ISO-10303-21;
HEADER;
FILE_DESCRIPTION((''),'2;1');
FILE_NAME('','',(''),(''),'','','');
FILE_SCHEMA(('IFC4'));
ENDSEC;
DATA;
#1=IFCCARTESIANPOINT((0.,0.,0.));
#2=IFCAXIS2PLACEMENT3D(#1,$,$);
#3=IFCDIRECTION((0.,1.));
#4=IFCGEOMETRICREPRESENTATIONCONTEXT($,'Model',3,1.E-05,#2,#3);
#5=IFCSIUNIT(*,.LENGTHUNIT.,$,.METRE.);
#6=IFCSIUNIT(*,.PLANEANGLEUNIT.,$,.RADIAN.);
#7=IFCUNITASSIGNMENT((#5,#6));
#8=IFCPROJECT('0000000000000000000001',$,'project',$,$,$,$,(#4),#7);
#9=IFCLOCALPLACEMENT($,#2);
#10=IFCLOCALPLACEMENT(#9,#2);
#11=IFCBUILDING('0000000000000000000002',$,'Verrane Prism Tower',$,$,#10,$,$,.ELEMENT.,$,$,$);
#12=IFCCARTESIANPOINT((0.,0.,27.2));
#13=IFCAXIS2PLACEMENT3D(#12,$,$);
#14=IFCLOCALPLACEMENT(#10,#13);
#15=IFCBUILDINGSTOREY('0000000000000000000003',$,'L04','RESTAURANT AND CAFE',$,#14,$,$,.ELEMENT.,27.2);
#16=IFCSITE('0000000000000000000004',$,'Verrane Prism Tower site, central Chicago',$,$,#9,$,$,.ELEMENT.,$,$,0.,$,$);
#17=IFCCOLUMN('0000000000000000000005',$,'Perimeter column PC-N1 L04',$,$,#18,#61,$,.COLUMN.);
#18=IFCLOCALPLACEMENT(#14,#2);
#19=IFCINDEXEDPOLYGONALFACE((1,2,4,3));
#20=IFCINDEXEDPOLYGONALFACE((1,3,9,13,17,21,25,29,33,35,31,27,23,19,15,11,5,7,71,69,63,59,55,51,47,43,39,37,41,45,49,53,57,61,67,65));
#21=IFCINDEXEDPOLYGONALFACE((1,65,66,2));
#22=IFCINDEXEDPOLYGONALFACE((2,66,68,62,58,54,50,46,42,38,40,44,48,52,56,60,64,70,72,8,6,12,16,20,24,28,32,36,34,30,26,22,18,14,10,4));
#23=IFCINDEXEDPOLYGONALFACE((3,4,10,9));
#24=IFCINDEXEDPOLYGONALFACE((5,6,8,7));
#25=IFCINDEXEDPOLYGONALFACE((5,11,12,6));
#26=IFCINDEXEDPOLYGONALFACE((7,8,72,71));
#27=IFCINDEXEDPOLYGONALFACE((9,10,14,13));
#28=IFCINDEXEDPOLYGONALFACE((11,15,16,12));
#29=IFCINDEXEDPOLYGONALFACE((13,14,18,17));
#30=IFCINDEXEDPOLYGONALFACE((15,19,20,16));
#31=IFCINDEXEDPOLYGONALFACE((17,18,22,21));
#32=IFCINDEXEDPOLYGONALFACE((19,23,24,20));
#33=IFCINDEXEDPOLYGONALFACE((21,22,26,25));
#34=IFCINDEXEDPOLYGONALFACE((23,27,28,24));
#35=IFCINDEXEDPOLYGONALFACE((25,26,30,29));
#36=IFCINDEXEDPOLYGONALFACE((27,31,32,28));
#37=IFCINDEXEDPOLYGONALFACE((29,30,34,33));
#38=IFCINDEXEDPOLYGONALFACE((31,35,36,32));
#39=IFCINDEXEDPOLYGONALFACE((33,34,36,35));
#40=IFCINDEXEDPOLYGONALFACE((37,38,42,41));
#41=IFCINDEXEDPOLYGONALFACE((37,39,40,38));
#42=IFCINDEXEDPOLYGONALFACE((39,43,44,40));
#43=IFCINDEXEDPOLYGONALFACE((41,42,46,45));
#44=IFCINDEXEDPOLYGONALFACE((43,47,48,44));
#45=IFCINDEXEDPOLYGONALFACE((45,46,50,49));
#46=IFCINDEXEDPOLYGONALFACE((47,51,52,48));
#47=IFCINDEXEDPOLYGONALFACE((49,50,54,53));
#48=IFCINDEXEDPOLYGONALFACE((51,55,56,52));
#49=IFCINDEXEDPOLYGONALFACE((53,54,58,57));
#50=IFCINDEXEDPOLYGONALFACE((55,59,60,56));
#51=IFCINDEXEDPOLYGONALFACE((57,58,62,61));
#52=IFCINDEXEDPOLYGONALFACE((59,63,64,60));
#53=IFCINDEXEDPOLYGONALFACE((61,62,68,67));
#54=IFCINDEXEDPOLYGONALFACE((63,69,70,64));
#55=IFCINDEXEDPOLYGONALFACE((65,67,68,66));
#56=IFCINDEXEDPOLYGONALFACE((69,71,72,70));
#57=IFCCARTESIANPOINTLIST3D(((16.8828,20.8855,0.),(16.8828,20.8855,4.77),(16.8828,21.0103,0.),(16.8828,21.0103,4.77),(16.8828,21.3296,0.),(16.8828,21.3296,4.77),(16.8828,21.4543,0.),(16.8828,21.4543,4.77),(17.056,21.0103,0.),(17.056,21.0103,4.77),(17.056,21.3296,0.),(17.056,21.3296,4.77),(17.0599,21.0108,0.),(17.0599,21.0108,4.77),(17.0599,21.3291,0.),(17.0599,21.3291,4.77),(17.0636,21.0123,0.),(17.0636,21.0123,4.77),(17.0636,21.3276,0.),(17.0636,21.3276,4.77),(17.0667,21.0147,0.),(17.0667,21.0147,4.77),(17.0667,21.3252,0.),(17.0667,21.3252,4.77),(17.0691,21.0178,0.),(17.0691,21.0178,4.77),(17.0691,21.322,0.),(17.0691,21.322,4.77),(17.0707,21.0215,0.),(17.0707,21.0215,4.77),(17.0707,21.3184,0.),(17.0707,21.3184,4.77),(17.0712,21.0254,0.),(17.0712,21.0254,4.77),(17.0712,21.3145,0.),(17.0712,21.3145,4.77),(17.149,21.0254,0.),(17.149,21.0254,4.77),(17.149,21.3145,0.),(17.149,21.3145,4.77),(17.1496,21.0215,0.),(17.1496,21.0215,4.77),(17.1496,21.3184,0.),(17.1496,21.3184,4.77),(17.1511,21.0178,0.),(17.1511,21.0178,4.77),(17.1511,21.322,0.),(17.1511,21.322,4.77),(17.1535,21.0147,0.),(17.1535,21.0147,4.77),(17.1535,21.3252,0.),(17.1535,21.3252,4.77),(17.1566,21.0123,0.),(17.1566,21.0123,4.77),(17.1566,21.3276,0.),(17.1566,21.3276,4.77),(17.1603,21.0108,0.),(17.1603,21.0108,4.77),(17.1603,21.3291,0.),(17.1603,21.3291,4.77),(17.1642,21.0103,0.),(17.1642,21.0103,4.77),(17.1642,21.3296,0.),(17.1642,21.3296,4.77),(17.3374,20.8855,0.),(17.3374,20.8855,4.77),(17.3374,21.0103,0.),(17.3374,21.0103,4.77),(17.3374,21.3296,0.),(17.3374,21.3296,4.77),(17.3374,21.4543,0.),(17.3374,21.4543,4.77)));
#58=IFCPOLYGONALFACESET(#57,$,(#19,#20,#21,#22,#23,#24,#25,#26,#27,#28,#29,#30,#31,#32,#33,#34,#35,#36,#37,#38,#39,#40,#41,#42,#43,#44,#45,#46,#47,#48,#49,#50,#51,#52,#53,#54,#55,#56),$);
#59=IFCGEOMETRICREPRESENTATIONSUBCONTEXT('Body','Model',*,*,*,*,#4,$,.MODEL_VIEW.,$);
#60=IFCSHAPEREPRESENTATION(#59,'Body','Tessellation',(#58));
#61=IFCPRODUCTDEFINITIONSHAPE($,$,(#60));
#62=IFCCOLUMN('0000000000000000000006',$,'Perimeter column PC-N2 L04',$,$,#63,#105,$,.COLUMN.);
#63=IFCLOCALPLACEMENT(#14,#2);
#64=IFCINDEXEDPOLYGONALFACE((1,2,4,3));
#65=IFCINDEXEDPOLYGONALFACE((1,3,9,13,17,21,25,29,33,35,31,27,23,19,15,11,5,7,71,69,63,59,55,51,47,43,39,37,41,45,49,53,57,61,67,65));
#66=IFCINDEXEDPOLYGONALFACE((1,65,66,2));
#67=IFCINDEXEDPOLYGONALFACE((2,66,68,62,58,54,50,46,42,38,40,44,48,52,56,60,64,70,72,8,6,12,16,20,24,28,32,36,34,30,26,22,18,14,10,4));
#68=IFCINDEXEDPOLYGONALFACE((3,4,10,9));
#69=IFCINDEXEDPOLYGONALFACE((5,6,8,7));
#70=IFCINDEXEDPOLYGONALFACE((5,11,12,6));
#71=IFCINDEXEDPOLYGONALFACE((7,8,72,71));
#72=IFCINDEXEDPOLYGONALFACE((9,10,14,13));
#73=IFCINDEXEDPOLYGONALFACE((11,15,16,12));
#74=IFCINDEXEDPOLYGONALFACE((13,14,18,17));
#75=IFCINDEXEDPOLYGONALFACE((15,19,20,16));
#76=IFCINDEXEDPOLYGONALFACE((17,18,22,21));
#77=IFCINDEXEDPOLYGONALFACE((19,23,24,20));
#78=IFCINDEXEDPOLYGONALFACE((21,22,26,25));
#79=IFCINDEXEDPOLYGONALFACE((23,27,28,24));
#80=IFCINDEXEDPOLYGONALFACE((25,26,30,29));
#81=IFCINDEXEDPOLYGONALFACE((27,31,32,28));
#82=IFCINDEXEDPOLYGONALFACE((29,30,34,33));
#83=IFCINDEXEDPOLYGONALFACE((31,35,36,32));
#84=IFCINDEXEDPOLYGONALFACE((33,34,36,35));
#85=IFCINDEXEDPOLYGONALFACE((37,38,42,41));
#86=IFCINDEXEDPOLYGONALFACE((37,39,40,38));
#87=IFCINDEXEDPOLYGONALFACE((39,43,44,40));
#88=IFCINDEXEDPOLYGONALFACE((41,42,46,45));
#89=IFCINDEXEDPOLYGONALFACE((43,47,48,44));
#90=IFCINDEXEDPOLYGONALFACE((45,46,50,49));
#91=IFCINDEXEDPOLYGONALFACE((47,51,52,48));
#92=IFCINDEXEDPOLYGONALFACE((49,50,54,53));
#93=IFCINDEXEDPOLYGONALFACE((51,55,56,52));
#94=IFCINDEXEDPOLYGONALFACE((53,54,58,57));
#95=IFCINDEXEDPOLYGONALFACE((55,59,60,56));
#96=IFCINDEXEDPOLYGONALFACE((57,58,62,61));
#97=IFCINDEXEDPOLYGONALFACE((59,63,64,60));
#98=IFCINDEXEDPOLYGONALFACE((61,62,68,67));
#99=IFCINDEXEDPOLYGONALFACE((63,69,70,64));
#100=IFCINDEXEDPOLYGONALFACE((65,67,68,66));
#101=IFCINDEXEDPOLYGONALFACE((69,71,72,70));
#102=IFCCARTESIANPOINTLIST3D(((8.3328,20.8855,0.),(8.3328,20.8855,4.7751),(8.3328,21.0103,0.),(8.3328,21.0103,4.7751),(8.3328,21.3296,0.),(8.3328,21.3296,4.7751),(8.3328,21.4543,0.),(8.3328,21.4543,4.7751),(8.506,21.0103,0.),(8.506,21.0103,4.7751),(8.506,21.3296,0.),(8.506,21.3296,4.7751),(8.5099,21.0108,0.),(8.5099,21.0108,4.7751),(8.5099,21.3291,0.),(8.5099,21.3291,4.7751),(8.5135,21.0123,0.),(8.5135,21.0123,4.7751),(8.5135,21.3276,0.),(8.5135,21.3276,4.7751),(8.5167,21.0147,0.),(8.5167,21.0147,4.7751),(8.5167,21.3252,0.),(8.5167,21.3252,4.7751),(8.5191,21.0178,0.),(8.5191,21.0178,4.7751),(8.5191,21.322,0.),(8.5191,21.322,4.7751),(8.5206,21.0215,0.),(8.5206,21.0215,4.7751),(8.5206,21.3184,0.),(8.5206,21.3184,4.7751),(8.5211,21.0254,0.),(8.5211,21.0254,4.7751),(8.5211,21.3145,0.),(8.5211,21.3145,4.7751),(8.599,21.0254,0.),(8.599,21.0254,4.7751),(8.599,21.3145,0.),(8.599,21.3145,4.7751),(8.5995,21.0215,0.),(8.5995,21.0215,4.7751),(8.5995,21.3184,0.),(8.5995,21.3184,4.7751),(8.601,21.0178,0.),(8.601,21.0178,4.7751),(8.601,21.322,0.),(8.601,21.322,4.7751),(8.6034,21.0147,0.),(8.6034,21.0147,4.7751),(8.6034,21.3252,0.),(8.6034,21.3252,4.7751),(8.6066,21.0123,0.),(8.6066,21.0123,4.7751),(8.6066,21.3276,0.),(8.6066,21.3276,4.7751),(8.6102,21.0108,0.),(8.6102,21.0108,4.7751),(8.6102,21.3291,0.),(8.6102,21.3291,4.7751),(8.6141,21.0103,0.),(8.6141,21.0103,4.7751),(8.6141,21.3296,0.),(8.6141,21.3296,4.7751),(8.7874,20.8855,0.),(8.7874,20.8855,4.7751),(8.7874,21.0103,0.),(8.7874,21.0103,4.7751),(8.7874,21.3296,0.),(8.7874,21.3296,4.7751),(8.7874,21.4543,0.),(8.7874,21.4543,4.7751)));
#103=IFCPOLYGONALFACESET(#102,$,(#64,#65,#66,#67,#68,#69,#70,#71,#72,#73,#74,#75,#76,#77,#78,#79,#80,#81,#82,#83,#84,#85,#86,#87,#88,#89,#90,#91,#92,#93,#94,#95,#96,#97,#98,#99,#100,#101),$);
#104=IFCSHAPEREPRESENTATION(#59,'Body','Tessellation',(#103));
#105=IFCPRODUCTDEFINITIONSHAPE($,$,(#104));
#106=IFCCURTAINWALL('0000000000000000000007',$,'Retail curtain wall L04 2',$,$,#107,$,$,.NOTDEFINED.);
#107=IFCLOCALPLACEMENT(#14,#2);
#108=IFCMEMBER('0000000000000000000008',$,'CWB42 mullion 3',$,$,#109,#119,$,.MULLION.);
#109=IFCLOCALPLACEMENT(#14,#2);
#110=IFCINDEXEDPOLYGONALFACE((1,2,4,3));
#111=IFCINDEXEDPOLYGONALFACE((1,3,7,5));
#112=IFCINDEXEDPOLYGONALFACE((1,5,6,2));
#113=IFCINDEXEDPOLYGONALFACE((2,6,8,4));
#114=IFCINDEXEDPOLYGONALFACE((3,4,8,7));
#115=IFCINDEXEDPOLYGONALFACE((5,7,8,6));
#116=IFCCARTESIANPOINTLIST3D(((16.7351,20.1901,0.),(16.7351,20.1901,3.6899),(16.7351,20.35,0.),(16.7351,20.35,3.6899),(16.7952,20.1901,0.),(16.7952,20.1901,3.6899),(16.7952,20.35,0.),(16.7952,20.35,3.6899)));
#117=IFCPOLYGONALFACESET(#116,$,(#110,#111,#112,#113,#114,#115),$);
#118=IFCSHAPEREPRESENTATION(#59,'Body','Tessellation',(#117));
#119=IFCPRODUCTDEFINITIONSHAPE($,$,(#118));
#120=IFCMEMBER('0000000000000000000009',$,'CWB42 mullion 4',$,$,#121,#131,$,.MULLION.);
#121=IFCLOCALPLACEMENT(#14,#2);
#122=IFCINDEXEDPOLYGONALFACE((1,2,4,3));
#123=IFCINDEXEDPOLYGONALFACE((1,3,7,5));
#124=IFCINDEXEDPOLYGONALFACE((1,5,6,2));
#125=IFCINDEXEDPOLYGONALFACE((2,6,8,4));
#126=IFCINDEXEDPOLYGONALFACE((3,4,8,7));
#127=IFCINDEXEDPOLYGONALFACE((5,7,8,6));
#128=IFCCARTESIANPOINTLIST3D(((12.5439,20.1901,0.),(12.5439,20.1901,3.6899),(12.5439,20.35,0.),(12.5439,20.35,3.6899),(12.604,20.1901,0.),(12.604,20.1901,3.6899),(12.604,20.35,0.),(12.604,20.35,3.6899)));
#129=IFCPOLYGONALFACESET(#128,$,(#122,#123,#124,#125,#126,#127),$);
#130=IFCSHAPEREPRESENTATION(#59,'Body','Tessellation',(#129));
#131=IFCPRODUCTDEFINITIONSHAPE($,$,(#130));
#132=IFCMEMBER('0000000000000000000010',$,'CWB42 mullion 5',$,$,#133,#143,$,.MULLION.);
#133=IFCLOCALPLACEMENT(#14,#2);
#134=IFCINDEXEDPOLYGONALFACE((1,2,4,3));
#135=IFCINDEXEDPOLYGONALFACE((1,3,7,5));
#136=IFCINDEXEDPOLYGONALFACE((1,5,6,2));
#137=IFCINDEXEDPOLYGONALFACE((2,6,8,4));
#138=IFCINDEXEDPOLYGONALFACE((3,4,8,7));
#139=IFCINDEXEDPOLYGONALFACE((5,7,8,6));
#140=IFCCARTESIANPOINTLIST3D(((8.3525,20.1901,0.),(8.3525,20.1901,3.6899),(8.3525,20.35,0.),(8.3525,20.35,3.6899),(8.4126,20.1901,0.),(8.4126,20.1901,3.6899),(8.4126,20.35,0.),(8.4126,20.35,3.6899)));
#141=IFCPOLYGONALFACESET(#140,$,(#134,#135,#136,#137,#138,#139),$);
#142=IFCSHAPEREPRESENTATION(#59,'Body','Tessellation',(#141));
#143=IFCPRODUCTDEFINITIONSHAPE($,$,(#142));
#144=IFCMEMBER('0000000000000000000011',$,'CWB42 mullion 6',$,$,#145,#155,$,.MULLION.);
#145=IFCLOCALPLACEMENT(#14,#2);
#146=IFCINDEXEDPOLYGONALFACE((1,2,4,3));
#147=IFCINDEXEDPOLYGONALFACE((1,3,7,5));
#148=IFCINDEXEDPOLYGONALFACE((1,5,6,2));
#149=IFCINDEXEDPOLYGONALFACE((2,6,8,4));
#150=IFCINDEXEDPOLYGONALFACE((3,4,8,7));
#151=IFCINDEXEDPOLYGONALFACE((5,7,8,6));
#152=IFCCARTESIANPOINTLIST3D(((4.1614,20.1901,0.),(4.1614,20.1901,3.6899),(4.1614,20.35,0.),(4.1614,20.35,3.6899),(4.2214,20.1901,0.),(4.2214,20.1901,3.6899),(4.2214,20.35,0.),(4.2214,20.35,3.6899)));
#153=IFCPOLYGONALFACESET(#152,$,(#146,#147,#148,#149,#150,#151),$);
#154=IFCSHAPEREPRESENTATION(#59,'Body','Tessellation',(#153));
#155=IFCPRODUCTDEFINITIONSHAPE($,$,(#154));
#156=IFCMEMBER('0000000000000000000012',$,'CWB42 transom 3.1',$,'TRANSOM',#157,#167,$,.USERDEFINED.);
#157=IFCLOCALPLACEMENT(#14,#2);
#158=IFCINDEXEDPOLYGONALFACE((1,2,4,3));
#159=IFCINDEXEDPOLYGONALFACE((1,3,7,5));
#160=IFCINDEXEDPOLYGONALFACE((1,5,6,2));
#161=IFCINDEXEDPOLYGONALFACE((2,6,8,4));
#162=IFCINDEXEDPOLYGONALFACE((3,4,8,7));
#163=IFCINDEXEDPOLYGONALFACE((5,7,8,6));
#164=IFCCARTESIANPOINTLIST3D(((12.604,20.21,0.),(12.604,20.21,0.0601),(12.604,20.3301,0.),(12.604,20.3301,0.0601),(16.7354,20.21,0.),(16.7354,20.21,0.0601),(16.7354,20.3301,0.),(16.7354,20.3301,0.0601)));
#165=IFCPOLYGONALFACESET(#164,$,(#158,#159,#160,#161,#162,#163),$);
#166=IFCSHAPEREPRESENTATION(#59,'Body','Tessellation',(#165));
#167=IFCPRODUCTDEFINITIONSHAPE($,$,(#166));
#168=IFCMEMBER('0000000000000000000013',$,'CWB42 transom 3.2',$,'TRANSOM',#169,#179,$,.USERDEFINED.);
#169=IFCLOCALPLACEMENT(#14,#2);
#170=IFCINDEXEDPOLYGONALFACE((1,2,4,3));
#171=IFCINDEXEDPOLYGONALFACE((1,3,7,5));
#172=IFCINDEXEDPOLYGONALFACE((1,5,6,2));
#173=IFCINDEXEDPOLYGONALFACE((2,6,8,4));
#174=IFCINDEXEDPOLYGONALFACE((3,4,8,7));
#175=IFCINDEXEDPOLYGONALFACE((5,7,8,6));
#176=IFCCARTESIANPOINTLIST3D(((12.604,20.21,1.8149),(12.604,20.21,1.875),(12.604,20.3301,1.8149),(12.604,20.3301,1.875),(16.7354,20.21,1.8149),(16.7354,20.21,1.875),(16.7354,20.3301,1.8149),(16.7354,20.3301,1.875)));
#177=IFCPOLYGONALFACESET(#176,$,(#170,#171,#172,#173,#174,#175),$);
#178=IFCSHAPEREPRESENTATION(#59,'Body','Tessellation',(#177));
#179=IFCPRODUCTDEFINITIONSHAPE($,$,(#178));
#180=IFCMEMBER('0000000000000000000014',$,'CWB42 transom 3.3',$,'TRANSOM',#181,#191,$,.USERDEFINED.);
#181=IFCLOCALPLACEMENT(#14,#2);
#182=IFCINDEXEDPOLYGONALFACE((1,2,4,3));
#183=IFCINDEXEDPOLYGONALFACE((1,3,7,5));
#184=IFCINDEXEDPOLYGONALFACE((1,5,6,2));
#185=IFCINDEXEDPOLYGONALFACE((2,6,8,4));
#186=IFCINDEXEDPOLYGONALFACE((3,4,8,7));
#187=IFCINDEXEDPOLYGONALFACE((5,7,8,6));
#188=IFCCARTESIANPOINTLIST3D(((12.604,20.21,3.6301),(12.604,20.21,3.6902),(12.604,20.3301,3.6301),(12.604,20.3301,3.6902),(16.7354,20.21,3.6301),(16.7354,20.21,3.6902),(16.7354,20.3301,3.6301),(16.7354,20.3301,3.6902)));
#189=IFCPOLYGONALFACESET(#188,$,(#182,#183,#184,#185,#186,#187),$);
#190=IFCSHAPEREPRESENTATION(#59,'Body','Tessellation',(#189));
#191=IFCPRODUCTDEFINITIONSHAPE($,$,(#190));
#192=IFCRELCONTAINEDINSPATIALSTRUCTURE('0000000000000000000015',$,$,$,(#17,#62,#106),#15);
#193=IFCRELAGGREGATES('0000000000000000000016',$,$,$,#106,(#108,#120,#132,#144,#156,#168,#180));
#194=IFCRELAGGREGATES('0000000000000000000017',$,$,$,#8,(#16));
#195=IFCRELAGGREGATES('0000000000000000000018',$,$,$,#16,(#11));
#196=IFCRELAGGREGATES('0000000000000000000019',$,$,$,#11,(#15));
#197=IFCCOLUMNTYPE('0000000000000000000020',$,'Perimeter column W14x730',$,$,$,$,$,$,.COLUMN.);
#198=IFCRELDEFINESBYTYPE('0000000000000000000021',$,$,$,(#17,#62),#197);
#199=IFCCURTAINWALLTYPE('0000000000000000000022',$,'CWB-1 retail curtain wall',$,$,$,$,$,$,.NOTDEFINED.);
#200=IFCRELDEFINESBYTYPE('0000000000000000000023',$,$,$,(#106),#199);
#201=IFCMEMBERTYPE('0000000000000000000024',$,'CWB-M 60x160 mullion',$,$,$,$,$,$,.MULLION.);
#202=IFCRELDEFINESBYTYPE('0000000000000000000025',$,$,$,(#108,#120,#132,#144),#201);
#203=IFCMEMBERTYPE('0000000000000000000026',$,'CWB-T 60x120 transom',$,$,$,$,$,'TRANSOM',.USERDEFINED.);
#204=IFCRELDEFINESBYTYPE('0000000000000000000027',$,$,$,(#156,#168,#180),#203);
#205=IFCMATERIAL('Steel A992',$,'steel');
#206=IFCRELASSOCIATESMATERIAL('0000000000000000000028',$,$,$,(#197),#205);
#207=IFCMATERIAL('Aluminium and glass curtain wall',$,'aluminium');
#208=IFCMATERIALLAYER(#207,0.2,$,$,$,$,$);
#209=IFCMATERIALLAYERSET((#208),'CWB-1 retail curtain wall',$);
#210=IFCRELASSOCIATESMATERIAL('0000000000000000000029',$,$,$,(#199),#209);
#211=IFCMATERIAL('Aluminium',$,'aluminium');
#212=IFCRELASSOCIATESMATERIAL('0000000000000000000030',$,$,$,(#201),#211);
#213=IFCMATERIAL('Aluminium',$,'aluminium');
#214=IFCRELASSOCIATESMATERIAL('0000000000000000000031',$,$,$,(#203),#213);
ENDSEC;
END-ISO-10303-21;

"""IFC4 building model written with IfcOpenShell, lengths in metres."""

from ifc_helpers import new_model, si_unit, direction, frame, origin, origin_2d, place, context, subcontext, project, spatial, rectangle, i_section, extrude, material, layer, layer_set, material_profile, profile_set, type_object, element, aggregate, save


model = new_model("IFC4")

# Units and contexts
model_context = context("Model", 3, precision=1e-05, world=origin(), true_north=direction((0.0, 1.0)))
body_context = subcontext(model_context, "Body", "Model", "MODEL_VIEW")
ifc_project = project(units=[si_unit("LENGTHUNIT", "METRE"), si_unit("PLANEANGLEUNIT", "RADIAN")], contexts=[model_context])

# Site, building, storey
site_placement = place(None, origin())
site = spatial("IfcSite", under=ifc_project, at=site_placement, Name="Verrane Prism Tower site, central Chicago", CompositionType="ELEMENT", RefElevation=0.0)
building_placement = place(site_placement, origin())
building = spatial("IfcBuilding", under=site, at=building_placement, Name="Verrane Prism Tower", CompositionType="ELEMENT")
storey_placement = place(building_placement, frame((0.0, 0.0, 27.2)))
storey = spatial("IfcBuildingStorey", under=building, at=storey_placement, Name="L04", Description="RESTAURANT AND CAFE", CompositionType="ELEMENT", Elevation=27.2)

# Columns
ifc_material_1 = material(Name="Steel A992", Category="steel")
ifc_material_profile_1 = material_profile(ifc_material_1, i_section(OverallWidth=0.4546, OverallDepth=0.5688, WebThickness=0.0779, FlangeThickness=0.1248, FilletRadius=0.0151, at=origin_2d()), Name="W14x730")
ifc_profile_set_1 = profile_set([ifc_material_profile_1], Name="Steel A992")
column_type = type_object("IfcColumnType", Name="Perimeter column W14x730", PredefinedType="COLUMN", material=ifc_profile_set_1)
column_1_placement = place(storey_placement, frame((17.1101, 21.1699, 0.0), z_axis=(0.0, 0.0, 1.0), x_axis=(1.0, 0.0, 0.0)))
element("IfcColumn", 1, at=column_1_placement, inside=storey, type_object=column_type, Name="Perimeter column PC-N1 L04", PredefinedType="COLUMN", context=body_context, shape_type="SweptSolid", body=[
    extrude(i_section(OverallWidth=0.4546, OverallDepth=0.5688, WebThickness=0.0779, FlangeThickness=0.1248, FilletRadius=0.0151, at=origin_2d()), origin(), (0.0, 0.0, 1.0), 4.77),
])
column_2_placement = place(storey_placement, frame((8.5601, 21.1699, 0.0), z_axis=(0.0, 0.0, 1.0), x_axis=(1.0, 0.0, 0.0)))
element("IfcColumn", 2, at=column_2_placement, inside=storey, type_object=column_type, Name="Perimeter column PC-N2 L04", PredefinedType="COLUMN", context=body_context, shape_type="SweptSolid", body=[
    extrude(i_section(OverallWidth=0.4546, OverallDepth=0.5688, WebThickness=0.0779, FlangeThickness=0.1248, FilletRadius=0.0151, at=origin_2d()), origin(), (0.0, 0.0, 1.0), 4.7751),
])

# Curtain wall, members
ifc_material_2 = material(Name="Aluminium and glass curtain wall", Category="aluminium")
ifc_layer_1 = layer(ifc_material_2, 0.2)
ifc_layer_set_1 = layer_set([ifc_layer_1], Name="CWB-1 retail curtain wall")
curtain_wall_type = type_object("IfcCurtainWallType", Name="CWB-1 retail curtain wall", PredefinedType="NOTDEFINED", material=ifc_layer_set_1)
curtain_wall_placement = place(storey_placement, origin())
curtain_wall = element("IfcCurtainWall", 3, at=curtain_wall_placement, inside=storey, type_object=curtain_wall_type, Name="Retail curtain wall L04 2", PredefinedType="NOTDEFINED")
ifc_material_3 = material(Name="Aluminium", Category="aluminium")
ifc_material_profile_2 = material_profile(ifc_material_3, rectangle(XDim=0.1599, YDim=0.0601, at=origin_2d()), Name="CWB-M 60x160 mullion")
ifc_profile_set_2 = profile_set([ifc_material_profile_2], Name="Aluminium")
member_type_1 = type_object("IfcMemberType", Name="CWB-M 60x160 mullion", PredefinedType="MULLION", material=ifc_profile_set_2)
member_1_placement = place(storey_placement, frame((16.7651, 20.27, 0.0), z_axis=(0.0, 0.0, 1.0), x_axis=(0.0, -1.0, 0.0)))
member_1 = element("IfcMember", 4, at=member_1_placement, type_object=member_type_1, Name="CWB42 mullion 3", PredefinedType="MULLION", context=body_context, shape_type="SweptSolid", body=[
    extrude(rectangle(XDim=0.1599, YDim=0.0601, at=origin_2d()), origin(), (0.0, 0.0, 1.0), 3.6899),
])
member_2_placement = place(storey_placement, frame((12.574, 20.27, 0.0), z_axis=(0.0, 0.0, 1.0), x_axis=(0.0, -1.0, 0.0)))
member_2 = element("IfcMember", 5, at=member_2_placement, type_object=member_type_1, Name="CWB42 mullion 4", PredefinedType="MULLION", context=body_context, shape_type="SweptSolid", body=[
    extrude(rectangle(XDim=0.1599, YDim=0.0601, at=origin_2d()), origin(), (0.0, 0.0, 1.0), 3.6899),
])
member_3_placement = place(storey_placement, frame((8.3826, 20.27, 0.0), z_axis=(0.0, 0.0, 1.0), x_axis=(0.0, -1.0, 0.0)))
member_3 = element("IfcMember", 6, at=member_3_placement, type_object=member_type_1, Name="CWB42 mullion 5", PredefinedType="MULLION", context=body_context, shape_type="SweptSolid", body=[
    extrude(rectangle(XDim=0.1599, YDim=0.0601, at=origin_2d()), origin(), (0.0, 0.0, 1.0), 3.6899),
])
member_4_placement = place(storey_placement, frame((4.1914, 20.27, 0.0), z_axis=(0.0, 0.0, 1.0), x_axis=(0.0, -1.0, 0.0)))
member_4 = element("IfcMember", 7, at=member_4_placement, type_object=member_type_1, Name="CWB42 mullion 6", PredefinedType="MULLION", context=body_context, shape_type="SweptSolid", body=[
    extrude(rectangle(XDim=0.1599, YDim=0.0601, at=origin_2d()), origin(), (0.0, 0.0, 1.0), 3.6899),
])
ifc_material_4 = material(Name="Aluminium", Category="aluminium")
ifc_material_profile_3 = material_profile(ifc_material_4, rectangle(XDim=0.1201, YDim=0.0601, at=origin_2d()), Name="CWB-T 60x120 transom")
ifc_profile_set_3 = profile_set([ifc_material_profile_3], Name="Aluminium")
member_type_2 = type_object("IfcMemberType", Name="CWB-T 60x120 transom", ElementType="TRANSOM", PredefinedType="USERDEFINED", material=ifc_profile_set_3)
member_5_placement = place(storey_placement, frame((16.7354, 20.27, 0.03), z_axis=(-1.0, 0.0, 0.0), x_axis=(0.0, -1.0, 0.0)))
member_5 = element("IfcMember", 8, at=member_5_placement, type_object=member_type_2, Name="CWB42 transom 3.1", ObjectType="TRANSOM", PredefinedType="USERDEFINED", context=body_context, shape_type="SweptSolid", body=[
    extrude(rectangle(XDim=0.1201, YDim=0.0601, at=origin_2d()), origin(), (0.0, 0.0, 1.0), 4.1313),
])
member_6_placement = place(storey_placement, frame((16.7354, 20.27, 1.845), z_axis=(-1.0, 0.0, 0.0), x_axis=(0.0, -1.0, 0.0)))
member_6 = element("IfcMember", 9, at=member_6_placement, type_object=member_type_2, Name="CWB42 transom 3.2", ObjectType="TRANSOM", PredefinedType="USERDEFINED", context=body_context, shape_type="SweptSolid", body=[
    extrude(rectangle(XDim=0.1201, YDim=0.0601, at=origin_2d()), origin(), (0.0, 0.0, 1.0), 4.1313),
])
member_7_placement = place(storey_placement, frame((16.7354, 20.27, 3.6602), z_axis=(-1.0, 0.0, 0.0), x_axis=(0.0, -1.0, 0.0)))
member_7 = element("IfcMember", 10, at=member_7_placement, type_object=member_type_2, Name="CWB42 transom 3.3", ObjectType="TRANSOM", PredefinedType="USERDEFINED", context=body_context, shape_type="SweptSolid", body=[
    extrude(rectangle(XDim=0.1201, YDim=0.0601, at=origin_2d()), origin(), (0.0, 0.0, 1.0), 4.1313),
])

aggregate(curtain_wall, [member_1, member_2, member_3, member_4, member_5, member_6, member_7])

save(model, "model.ifc")
